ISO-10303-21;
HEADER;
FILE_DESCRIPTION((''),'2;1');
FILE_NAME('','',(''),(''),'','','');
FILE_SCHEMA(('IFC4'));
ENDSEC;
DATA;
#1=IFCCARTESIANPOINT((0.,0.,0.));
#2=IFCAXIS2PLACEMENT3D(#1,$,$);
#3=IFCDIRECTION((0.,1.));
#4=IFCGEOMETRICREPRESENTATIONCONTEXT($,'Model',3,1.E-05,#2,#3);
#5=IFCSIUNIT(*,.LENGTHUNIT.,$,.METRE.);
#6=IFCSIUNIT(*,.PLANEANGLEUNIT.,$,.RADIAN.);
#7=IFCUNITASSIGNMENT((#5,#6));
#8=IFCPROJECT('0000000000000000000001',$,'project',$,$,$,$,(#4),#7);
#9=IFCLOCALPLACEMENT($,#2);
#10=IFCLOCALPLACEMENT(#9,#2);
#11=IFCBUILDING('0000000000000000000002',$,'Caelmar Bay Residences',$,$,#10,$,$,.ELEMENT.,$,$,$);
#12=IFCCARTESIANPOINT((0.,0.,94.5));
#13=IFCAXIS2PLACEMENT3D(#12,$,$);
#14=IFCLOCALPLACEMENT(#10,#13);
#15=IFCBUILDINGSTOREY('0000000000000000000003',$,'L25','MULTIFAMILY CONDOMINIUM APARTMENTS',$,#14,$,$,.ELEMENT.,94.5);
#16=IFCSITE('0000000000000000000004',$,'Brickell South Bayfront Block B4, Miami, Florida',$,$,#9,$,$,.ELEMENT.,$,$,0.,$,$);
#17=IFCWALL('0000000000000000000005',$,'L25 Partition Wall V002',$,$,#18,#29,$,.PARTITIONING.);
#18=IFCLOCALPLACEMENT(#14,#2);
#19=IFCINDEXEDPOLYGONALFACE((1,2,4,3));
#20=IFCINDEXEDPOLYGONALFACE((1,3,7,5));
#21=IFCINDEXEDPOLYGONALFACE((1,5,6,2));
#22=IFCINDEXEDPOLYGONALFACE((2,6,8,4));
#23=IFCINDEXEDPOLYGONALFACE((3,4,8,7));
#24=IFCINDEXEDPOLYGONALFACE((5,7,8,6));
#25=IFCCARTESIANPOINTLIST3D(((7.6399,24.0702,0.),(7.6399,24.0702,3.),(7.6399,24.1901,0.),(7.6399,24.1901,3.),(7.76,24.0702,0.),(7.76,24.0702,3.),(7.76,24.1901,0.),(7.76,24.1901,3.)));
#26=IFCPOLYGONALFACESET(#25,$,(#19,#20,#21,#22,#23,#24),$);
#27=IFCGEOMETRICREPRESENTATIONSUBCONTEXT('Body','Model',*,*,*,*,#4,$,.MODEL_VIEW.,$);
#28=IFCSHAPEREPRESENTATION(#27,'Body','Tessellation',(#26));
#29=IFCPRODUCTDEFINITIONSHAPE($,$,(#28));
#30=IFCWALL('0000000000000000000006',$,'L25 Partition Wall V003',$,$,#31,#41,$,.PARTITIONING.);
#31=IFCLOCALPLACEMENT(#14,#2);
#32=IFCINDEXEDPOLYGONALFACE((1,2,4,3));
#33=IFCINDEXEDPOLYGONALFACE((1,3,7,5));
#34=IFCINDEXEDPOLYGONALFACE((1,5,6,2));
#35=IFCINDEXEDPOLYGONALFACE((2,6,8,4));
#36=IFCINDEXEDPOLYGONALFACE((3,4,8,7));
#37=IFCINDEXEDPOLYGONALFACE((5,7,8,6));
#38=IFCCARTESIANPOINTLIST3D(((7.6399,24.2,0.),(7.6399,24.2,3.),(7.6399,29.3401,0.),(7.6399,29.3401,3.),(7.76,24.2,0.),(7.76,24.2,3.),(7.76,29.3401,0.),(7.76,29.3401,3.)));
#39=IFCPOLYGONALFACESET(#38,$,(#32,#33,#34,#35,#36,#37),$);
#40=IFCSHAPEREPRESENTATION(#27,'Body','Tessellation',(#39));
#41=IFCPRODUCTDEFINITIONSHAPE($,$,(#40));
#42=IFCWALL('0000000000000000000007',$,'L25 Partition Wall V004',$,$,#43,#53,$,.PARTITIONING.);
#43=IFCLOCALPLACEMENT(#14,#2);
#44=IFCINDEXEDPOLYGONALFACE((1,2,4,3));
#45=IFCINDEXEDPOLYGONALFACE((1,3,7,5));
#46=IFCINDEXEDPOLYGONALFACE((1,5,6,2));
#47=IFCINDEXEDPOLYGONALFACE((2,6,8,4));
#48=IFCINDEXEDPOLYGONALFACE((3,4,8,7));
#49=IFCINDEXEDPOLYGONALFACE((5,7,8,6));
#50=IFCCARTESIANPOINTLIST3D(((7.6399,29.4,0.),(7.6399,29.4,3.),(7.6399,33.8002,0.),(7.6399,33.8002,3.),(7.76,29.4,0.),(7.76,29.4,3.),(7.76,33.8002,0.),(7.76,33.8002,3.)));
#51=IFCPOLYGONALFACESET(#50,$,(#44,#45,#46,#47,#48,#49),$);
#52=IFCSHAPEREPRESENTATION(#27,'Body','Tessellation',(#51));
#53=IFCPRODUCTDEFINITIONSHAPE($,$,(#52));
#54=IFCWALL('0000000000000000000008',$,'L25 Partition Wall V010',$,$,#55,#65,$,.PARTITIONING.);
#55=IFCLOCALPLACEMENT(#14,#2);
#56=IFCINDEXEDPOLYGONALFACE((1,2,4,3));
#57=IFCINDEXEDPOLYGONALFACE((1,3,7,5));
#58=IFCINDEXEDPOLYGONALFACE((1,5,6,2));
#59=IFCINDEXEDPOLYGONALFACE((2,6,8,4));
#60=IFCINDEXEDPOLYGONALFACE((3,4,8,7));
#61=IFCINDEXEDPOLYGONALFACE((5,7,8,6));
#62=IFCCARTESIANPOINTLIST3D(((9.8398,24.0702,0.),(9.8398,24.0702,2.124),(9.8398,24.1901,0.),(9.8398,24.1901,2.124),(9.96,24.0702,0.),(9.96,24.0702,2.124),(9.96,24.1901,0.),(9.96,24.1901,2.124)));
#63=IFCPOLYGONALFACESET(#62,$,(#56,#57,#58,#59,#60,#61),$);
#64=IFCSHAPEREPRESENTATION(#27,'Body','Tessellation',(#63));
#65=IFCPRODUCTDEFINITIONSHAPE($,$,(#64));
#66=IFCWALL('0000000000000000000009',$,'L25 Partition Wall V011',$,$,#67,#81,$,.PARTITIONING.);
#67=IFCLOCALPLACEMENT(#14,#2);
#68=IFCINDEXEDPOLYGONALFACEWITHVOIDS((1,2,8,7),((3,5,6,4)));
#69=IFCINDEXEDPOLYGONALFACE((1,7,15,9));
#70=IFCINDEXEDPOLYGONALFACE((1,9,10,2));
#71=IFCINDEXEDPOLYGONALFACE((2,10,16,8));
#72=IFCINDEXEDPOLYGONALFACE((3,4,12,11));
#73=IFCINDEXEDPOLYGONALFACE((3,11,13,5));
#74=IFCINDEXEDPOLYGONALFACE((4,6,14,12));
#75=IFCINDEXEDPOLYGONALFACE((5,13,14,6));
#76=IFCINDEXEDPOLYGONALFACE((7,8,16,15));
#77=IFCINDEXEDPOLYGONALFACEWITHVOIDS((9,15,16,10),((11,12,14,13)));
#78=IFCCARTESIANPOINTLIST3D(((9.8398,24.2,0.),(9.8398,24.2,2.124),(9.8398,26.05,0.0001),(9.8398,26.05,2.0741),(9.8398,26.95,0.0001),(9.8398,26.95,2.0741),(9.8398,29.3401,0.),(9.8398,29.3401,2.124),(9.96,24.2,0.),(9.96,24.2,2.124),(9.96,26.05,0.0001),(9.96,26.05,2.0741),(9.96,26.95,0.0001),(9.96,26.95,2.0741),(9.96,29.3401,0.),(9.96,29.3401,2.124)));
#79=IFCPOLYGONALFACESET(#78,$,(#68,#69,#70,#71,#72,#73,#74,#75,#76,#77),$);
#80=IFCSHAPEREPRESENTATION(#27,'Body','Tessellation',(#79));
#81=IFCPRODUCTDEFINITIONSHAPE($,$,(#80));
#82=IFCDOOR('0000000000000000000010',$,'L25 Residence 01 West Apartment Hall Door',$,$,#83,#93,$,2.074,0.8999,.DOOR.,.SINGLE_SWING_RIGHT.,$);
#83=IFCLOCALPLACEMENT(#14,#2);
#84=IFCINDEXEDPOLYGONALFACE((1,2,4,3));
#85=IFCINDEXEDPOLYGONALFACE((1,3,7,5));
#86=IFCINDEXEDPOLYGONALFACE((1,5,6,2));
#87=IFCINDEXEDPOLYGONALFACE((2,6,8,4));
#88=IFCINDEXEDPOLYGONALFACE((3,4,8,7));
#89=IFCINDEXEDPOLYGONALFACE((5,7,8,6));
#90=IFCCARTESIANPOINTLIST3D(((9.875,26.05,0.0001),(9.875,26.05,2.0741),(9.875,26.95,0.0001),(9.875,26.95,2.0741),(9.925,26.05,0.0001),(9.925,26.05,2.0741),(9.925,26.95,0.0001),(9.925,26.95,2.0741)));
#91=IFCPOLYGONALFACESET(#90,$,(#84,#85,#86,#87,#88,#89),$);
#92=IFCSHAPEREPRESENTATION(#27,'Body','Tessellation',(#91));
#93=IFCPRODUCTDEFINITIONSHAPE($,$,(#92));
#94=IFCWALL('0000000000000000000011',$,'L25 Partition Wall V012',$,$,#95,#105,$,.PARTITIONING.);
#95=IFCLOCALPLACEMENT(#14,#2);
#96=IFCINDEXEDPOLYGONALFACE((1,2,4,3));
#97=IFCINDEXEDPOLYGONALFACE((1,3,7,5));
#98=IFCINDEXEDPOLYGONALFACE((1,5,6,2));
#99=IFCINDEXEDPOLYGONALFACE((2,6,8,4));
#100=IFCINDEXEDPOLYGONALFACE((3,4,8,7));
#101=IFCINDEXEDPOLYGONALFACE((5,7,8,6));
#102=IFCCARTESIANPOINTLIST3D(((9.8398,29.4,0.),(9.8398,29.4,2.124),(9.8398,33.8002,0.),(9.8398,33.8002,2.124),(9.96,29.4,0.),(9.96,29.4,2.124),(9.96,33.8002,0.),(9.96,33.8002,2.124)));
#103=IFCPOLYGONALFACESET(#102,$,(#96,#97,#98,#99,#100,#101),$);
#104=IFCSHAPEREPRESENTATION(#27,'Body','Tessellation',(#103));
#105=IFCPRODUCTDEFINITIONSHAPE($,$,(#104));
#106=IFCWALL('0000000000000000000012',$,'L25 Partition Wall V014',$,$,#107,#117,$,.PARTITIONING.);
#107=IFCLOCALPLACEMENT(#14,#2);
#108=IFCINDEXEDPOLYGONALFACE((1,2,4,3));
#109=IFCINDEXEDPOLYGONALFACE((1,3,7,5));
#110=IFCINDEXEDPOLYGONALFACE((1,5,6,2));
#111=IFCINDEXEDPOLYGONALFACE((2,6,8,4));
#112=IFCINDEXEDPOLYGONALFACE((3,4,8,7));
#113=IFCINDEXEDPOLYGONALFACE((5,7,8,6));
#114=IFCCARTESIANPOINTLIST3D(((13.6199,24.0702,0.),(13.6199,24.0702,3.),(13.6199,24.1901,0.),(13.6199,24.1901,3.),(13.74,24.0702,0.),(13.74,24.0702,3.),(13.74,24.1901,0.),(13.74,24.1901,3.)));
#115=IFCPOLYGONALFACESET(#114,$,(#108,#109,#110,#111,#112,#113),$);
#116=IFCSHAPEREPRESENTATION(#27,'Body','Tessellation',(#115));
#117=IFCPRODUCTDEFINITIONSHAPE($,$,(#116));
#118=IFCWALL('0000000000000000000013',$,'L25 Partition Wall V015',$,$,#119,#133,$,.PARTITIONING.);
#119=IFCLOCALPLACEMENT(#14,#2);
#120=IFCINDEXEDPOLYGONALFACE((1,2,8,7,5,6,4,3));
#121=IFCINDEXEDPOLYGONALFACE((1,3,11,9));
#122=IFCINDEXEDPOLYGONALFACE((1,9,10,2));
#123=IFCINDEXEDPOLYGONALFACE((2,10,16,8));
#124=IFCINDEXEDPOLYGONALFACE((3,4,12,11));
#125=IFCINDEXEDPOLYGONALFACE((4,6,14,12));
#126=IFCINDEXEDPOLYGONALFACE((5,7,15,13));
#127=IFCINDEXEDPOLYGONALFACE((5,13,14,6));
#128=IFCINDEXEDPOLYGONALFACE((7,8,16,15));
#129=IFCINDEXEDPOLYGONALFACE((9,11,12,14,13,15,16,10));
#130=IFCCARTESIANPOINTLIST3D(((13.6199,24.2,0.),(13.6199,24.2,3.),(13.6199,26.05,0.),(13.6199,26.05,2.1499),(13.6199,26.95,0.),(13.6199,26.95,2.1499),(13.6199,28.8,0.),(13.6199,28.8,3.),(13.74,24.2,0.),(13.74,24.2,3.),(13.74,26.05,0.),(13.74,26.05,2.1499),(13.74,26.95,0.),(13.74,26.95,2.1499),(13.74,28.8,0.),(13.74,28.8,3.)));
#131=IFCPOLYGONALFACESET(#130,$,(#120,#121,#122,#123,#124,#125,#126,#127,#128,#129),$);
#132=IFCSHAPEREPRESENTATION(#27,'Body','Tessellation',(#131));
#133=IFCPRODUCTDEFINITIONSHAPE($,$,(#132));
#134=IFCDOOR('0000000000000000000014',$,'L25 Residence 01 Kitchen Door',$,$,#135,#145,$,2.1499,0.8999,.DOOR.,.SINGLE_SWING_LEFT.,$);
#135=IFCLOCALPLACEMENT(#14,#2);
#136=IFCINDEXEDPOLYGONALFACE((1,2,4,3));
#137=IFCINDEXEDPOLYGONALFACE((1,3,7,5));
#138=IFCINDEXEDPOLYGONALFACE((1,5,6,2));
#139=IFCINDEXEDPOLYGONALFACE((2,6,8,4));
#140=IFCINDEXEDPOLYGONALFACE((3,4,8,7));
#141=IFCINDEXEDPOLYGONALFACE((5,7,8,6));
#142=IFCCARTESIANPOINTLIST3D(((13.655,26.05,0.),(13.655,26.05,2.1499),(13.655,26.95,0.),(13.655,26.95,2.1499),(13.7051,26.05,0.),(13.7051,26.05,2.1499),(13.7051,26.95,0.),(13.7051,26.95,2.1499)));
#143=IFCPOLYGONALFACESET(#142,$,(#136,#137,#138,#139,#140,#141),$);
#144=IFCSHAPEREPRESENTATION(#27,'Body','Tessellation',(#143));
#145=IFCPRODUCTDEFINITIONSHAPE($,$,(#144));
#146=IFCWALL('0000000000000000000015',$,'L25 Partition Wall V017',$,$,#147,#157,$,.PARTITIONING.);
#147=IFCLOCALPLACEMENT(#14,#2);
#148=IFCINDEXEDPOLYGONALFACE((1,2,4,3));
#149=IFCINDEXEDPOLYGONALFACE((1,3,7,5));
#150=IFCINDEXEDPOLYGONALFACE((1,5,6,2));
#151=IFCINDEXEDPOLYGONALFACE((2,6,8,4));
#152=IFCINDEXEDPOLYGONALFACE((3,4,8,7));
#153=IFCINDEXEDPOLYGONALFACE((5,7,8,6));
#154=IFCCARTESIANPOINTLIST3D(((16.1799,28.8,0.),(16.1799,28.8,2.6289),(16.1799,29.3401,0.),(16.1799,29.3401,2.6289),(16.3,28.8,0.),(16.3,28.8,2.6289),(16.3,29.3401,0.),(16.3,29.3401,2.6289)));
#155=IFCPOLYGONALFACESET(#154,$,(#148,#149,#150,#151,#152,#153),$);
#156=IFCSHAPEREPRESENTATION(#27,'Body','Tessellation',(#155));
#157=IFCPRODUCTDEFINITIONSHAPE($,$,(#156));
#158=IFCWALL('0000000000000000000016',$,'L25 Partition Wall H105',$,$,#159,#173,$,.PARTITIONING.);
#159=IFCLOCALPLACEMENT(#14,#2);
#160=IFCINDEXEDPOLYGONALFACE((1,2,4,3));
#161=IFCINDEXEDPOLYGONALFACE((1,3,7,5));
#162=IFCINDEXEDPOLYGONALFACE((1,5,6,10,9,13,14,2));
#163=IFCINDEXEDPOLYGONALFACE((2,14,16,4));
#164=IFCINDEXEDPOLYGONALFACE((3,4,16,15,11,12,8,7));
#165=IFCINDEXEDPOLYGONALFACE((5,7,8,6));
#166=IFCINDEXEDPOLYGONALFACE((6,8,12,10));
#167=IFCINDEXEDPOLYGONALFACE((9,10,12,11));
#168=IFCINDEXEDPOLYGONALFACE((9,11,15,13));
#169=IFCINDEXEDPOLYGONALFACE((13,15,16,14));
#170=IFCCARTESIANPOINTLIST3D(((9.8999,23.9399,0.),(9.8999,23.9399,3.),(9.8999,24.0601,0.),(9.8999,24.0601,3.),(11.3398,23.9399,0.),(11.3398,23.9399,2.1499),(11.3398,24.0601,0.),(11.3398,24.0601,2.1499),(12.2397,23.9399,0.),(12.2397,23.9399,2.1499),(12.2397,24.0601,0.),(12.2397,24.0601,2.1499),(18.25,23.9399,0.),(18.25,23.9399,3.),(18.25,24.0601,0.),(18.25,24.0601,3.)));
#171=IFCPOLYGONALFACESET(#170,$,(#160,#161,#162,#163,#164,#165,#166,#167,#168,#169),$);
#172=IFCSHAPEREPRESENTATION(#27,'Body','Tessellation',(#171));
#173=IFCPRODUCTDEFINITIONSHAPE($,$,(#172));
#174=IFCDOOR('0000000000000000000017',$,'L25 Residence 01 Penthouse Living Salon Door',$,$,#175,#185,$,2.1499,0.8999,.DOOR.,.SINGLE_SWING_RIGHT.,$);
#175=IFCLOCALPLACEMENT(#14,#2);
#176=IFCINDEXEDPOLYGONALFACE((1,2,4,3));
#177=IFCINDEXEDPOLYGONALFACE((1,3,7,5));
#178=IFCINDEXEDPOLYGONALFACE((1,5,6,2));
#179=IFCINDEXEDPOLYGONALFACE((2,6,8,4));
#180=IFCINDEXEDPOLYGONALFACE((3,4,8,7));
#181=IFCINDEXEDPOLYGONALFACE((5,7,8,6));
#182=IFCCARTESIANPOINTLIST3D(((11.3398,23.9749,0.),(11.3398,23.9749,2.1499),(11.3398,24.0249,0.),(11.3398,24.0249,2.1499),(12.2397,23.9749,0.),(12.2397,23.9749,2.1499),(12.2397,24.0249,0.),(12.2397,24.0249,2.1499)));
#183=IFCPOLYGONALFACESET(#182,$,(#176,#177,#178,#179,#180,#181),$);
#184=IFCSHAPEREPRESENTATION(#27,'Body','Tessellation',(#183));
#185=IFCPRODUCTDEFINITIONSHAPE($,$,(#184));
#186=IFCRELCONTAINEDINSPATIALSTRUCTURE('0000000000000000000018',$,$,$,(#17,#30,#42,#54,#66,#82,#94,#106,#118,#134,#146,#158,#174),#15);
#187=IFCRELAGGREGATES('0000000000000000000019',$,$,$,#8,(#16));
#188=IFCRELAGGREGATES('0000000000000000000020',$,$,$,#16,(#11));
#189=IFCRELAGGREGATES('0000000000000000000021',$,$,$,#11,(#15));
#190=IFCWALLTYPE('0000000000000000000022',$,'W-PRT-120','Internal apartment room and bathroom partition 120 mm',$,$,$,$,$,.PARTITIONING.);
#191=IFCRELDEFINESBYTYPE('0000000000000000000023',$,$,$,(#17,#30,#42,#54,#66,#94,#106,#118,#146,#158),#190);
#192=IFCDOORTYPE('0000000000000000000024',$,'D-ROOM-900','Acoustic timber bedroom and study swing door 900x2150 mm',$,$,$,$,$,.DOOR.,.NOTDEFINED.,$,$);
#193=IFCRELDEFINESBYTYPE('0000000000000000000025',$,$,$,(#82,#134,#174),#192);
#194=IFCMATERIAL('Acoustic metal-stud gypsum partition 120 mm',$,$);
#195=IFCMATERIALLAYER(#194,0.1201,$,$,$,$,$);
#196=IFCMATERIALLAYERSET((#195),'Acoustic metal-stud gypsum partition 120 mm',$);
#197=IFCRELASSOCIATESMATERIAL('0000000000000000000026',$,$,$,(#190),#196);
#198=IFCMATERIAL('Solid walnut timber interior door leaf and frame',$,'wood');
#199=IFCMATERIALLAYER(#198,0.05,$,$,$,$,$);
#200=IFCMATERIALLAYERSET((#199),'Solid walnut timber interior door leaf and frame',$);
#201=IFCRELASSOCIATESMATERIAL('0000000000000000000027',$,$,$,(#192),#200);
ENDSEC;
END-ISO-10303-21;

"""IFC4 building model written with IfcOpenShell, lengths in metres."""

from ifc_helpers import new_model, si_unit, direction, frame, frame_2d, origin, place, context, subcontext, project, spatial, rectangle, extrude, material, layer, layer_set, type_object, element, fill, save


model = new_model("IFC4")

# Units and contexts
model_context = context("Model", 3, precision=1e-05, world=origin(), true_north=direction((0.0, 1.0)))
body_context = subcontext(model_context, "Body", "Model", "MODEL_VIEW")
ifc_project = project(units=[si_unit("LENGTHUNIT", "METRE"), si_unit("PLANEANGLEUNIT", "RADIAN")], contexts=[model_context])

# Site, building, storey
site_placement = place(None, origin())
site = spatial("IfcSite", under=ifc_project, at=site_placement, Name="Brickell South Bayfront Block B4, Miami, Florida", CompositionType="ELEMENT", RefElevation=0.0)
building_placement = place(site_placement, origin())
building = spatial("IfcBuilding", under=site, at=building_placement, Name="Caelmar Bay Residences", CompositionType="ELEMENT")
storey_placement = place(building_placement, frame((0.0, 0.0, 94.5)))
storey = spatial("IfcBuildingStorey", under=building, at=storey_placement, Name="L25", Description="MULTIFAMILY CONDOMINIUM APARTMENTS", CompositionType="ELEMENT", Elevation=94.5)

# Walls
ifc_material_1 = material(Name="Acoustic metal-stud gypsum partition 120 mm")
ifc_layer_1 = layer(ifc_material_1, 0.1201)
ifc_layer_set_1 = layer_set([ifc_layer_1], Name="Acoustic metal-stud gypsum partition 120 mm")
wall_type_1 = type_object("IfcWallType", Name="W-PRT-120", Description="Internal apartment room and bathroom partition 120 mm", PredefinedType="PARTITIONING", material=ifc_layer_set_1)
wall_1_placement = place(storey_placement, frame((7.7, 24.0701, 0.0), z_axis=(0.0, 0.0, 1.0), x_axis=(0.0, 1.0, 0.0)))
element("IfcWall", 1, at=wall_1_placement, inside=storey, type_object=wall_type_1, Name="L25 Partition Wall V002", PredefinedType="PARTITIONING", context=body_context, shape_type="SweptSolid", body=[
    extrude(rectangle(XDim=0.1199, YDim=0.1201, at=frame_2d((0.0601, 0.0))), origin(), (0.0, 0.0, 1.0), 3.0),
])
wall_2_placement = place(storey_placement, frame((7.7, 24.2, 0.0), z_axis=(0.0, 0.0, 1.0), x_axis=(0.0, 1.0, 0.0)))
element("IfcWall", 2, at=wall_2_placement, inside=storey, type_object=wall_type_1, Name="L25 Partition Wall V003", PredefinedType="PARTITIONING", context=body_context, shape_type="SweptSolid", body=[
    extrude(rectangle(XDim=5.1401, YDim=0.1201, at=frame_2d((2.5701, 0.0))), origin(), (0.0, 0.0, 1.0), 3.0),
])
wall_3_placement = place(storey_placement, frame((7.7, 29.3999, 0.0), z_axis=(0.0, 0.0, 1.0), x_axis=(0.0, 1.0, 0.0)))
element("IfcWall", 3, at=wall_3_placement, inside=storey, type_object=wall_type_1, Name="L25 Partition Wall V004", PredefinedType="PARTITIONING", context=body_context, shape_type="SweptSolid", body=[
    extrude(rectangle(XDim=4.4001, YDim=0.1201, at=frame_2d((2.2002, 0.0))), origin(), (0.0, 0.0, 1.0), 3.0),
])
wall_4_placement = place(storey_placement, frame((9.8999, 24.0701, 0.0), z_axis=(0.0, 0.0, 1.0), x_axis=(0.0, 1.0, 0.0)))
element("IfcWall", 4, at=wall_4_placement, inside=storey, type_object=wall_type_1, Name="L25 Partition Wall V010", PredefinedType="PARTITIONING", context=body_context, shape_type="SweptSolid", body=[
    extrude(rectangle(XDim=0.1199, YDim=0.1201, at=frame_2d((0.0601, 0.0))), origin(), (0.0, 0.0, 1.0), 2.124),
])

# Wall, opening, door
wall_5_placement = place(storey_placement, frame((9.8999, 24.2, 0.0), z_axis=(0.0, 0.0, 1.0), x_axis=(0.0, 1.0, 0.0)))
wall_5 = element("IfcWall", 5, at=wall_5_placement, inside=storey, type_object=wall_type_1, Name="L25 Partition Wall V011", PredefinedType="PARTITIONING", context=body_context, shape_type="SweptSolid", body=[
    extrude(rectangle(XDim=5.1401, YDim=0.1201, at=frame_2d((2.5701, 0.0))), origin(), (0.0, 0.0, 1.0), 2.124),
])
opening_1_placement = place(wall_5_placement, frame((1.8501, 0.0, 0.0)))
opening_1 = element("IfcOpeningElement", 6, at=opening_1_placement, cuts=wall_5, PredefinedType="OPENING", context=body_context, shape_type="SweptSolid", body=[
    extrude(rectangle(XDim=0.8999, YDim=2.074, at=frame_2d((0.45, 1.0371))), frame((0.0, 0.0701, 0.0), z_axis=(0.0, -1.0, 0.0), x_axis=(1.0, 0.0, 0.0)), (0.0, 0.0, 1.0), 0.1401),
])
ifc_material_2 = material(Name="Solid walnut timber interior door leaf and frame", Category="wood")
ifc_layer_2 = layer(ifc_material_2, 0.05)
ifc_layer_set_2 = layer_set([ifc_layer_2], Name="Solid walnut timber interior door leaf and frame")
door_type = type_object("IfcDoorType", Name="D-ROOM-900", Description="Acoustic timber bedroom and study swing door 900x2150 mm", OperationType="NOTDEFINED", PredefinedType="DOOR", material=ifc_layer_set_2)
door_1_placement = place(opening_1_placement, origin())
door_1 = element("IfcDoor", 7, at=door_1_placement, inside=storey, type_object=door_type, Name="L25 Residence 01 West Apartment Hall Door", OperationType="SINGLE_SWING_RIGHT", OverallHeight=2.074, OverallWidth=0.8999, PredefinedType="DOOR", context=body_context, shape_type="SweptSolid", body=[
    extrude(rectangle(XDim=0.8999, YDim=2.074, at=frame_2d((0.45, 1.0371))), frame((0.0, 0.0249, 0.0), z_axis=(0.0, -1.0, 0.0), x_axis=(1.0, 0.0, 0.0)), (0.0, 0.0, 1.0), 0.05),
])
fill(opening_1, door_1)

# Walls
wall_6_placement = place(storey_placement, frame((9.8999, 29.3999, 0.0), z_axis=(0.0, 0.0, 1.0), x_axis=(0.0, 1.0, 0.0)))
element("IfcWall", 8, at=wall_6_placement, inside=storey, type_object=wall_type_1, Name="L25 Partition Wall V012", PredefinedType="PARTITIONING", context=body_context, shape_type="SweptSolid", body=[
    extrude(rectangle(XDim=4.4001, YDim=0.1201, at=frame_2d((2.2002, 0.0))), origin(), (0.0, 0.0, 1.0), 2.124),
])
wall_7_placement = place(storey_placement, frame((13.6799, 24.0701, 0.0), z_axis=(0.0, 0.0, 1.0), x_axis=(0.0, 1.0, 0.0)))
element("IfcWall", 9, at=wall_7_placement, inside=storey, type_object=wall_type_1, Name="L25 Partition Wall V014", PredefinedType="PARTITIONING", context=body_context, shape_type="SweptSolid", body=[
    extrude(rectangle(XDim=0.1199, YDim=0.1201, at=frame_2d((0.0601, 0.0))), origin(), (0.0, 0.0, 1.0), 3.0),
])

# Wall, opening, door
wall_8_placement = place(storey_placement, frame((13.6799, 24.2, 0.0), z_axis=(0.0, 0.0, 1.0), x_axis=(0.0, 1.0, 0.0)))
wall_8 = element("IfcWall", 10, at=wall_8_placement, inside=storey, type_object=wall_type_1, Name="L25 Partition Wall V015", PredefinedType="PARTITIONING", context=body_context, shape_type="SweptSolid", body=[
    extrude(rectangle(XDim=4.6001, YDim=0.1201, at=frame_2d((2.3, 0.0))), origin(), (0.0, 0.0, 1.0), 3.0),
])
opening_2_placement = place(wall_8_placement, frame((1.8501, 0.0, 0.0)))
opening_2 = element("IfcOpeningElement", 11, at=opening_2_placement, cuts=wall_8, PredefinedType="OPENING", context=body_context, shape_type="SweptSolid", body=[
    extrude(rectangle(XDim=0.8999, YDim=2.1499, at=frame_2d((0.45, 1.075))), frame((0.0, 0.0701, 0.0), z_axis=(0.0, -1.0, 0.0), x_axis=(1.0, 0.0, 0.0)), (0.0, 0.0, 1.0), 0.1401),
])
door_2_placement = place(opening_2_placement, origin())
door_2 = element("IfcDoor", 12, at=door_2_placement, inside=storey, type_object=door_type, Name="L25 Residence 01 Kitchen Door", OperationType="SINGLE_SWING_LEFT", OverallHeight=2.1499, OverallWidth=0.8999, PredefinedType="DOOR", context=body_context, shape_type="SweptSolid", body=[
    extrude(rectangle(XDim=0.8999, YDim=2.1499, at=frame_2d((0.45, 1.075))), frame((0.0, 0.0249, 0.0), z_axis=(0.0, -1.0, 0.0), x_axis=(1.0, 0.0, 0.0)), (0.0, 0.0, 1.0), 0.05),
])
fill(opening_2, door_2)

# Wall
wall_9_placement = place(storey_placement, frame((16.24, 28.8, 0.0), z_axis=(0.0, 0.0, 1.0), x_axis=(0.0, 1.0, 0.0)))
element("IfcWall", 13, at=wall_9_placement, inside=storey, type_object=wall_type_1, Name="L25 Partition Wall V017", PredefinedType="PARTITIONING", context=body_context, shape_type="SweptSolid", body=[
    extrude(rectangle(XDim=0.54, YDim=0.1201, at=frame_2d((0.27, 0.0))), origin(), (0.0, 0.0, 1.0), 2.6289),
])

# Wall, opening, door
wall_10_placement = place(storey_placement, frame((9.8999, 24.0, 0.0), z_axis=(0.0, 0.0, 1.0), x_axis=(1.0, 0.0, 0.0)))
wall_10 = element("IfcWall", 14, at=wall_10_placement, inside=storey, type_object=wall_type_1, Name="L25 Partition Wall H105", PredefinedType="PARTITIONING", context=body_context, shape_type="SweptSolid", body=[
    extrude(rectangle(XDim=8.3501, YDim=0.1201, at=frame_2d((4.175, 0.0))), origin(), (0.0, 0.0, 1.0), 3.0),
])
opening_3_placement = place(wall_10_placement, frame((1.4399, 0.0, 0.0)))
opening_3 = element("IfcOpeningElement", 15, at=opening_3_placement, cuts=wall_10, PredefinedType="OPENING", context=body_context, shape_type="SweptSolid", body=[
    extrude(rectangle(XDim=0.8999, YDim=2.1499, at=frame_2d((0.45, 1.075))), frame((0.0, 0.0701, 0.0), z_axis=(0.0, -1.0, 0.0), x_axis=(1.0, 0.0, 0.0)), (0.0, 0.0, 1.0), 0.1401),
])
door_3_placement = place(opening_3_placement, origin())
door_3 = element("IfcDoor", 16, at=door_3_placement, inside=storey, type_object=door_type, Name="L25 Residence 01 Penthouse Living Salon Door", OperationType="SINGLE_SWING_RIGHT", OverallHeight=2.1499, OverallWidth=0.8999, PredefinedType="DOOR", context=body_context, shape_type="SweptSolid", body=[
    extrude(rectangle(XDim=0.8999, YDim=2.1499, at=frame_2d((0.45, 1.075))), frame((0.0, 0.0249, 0.0), z_axis=(0.0, -1.0, 0.0), x_axis=(1.0, 0.0, 0.0)), (0.0, 0.0, 1.0), 0.05),
])
fill(opening_3, door_3)

save(model, "model.ifc")
